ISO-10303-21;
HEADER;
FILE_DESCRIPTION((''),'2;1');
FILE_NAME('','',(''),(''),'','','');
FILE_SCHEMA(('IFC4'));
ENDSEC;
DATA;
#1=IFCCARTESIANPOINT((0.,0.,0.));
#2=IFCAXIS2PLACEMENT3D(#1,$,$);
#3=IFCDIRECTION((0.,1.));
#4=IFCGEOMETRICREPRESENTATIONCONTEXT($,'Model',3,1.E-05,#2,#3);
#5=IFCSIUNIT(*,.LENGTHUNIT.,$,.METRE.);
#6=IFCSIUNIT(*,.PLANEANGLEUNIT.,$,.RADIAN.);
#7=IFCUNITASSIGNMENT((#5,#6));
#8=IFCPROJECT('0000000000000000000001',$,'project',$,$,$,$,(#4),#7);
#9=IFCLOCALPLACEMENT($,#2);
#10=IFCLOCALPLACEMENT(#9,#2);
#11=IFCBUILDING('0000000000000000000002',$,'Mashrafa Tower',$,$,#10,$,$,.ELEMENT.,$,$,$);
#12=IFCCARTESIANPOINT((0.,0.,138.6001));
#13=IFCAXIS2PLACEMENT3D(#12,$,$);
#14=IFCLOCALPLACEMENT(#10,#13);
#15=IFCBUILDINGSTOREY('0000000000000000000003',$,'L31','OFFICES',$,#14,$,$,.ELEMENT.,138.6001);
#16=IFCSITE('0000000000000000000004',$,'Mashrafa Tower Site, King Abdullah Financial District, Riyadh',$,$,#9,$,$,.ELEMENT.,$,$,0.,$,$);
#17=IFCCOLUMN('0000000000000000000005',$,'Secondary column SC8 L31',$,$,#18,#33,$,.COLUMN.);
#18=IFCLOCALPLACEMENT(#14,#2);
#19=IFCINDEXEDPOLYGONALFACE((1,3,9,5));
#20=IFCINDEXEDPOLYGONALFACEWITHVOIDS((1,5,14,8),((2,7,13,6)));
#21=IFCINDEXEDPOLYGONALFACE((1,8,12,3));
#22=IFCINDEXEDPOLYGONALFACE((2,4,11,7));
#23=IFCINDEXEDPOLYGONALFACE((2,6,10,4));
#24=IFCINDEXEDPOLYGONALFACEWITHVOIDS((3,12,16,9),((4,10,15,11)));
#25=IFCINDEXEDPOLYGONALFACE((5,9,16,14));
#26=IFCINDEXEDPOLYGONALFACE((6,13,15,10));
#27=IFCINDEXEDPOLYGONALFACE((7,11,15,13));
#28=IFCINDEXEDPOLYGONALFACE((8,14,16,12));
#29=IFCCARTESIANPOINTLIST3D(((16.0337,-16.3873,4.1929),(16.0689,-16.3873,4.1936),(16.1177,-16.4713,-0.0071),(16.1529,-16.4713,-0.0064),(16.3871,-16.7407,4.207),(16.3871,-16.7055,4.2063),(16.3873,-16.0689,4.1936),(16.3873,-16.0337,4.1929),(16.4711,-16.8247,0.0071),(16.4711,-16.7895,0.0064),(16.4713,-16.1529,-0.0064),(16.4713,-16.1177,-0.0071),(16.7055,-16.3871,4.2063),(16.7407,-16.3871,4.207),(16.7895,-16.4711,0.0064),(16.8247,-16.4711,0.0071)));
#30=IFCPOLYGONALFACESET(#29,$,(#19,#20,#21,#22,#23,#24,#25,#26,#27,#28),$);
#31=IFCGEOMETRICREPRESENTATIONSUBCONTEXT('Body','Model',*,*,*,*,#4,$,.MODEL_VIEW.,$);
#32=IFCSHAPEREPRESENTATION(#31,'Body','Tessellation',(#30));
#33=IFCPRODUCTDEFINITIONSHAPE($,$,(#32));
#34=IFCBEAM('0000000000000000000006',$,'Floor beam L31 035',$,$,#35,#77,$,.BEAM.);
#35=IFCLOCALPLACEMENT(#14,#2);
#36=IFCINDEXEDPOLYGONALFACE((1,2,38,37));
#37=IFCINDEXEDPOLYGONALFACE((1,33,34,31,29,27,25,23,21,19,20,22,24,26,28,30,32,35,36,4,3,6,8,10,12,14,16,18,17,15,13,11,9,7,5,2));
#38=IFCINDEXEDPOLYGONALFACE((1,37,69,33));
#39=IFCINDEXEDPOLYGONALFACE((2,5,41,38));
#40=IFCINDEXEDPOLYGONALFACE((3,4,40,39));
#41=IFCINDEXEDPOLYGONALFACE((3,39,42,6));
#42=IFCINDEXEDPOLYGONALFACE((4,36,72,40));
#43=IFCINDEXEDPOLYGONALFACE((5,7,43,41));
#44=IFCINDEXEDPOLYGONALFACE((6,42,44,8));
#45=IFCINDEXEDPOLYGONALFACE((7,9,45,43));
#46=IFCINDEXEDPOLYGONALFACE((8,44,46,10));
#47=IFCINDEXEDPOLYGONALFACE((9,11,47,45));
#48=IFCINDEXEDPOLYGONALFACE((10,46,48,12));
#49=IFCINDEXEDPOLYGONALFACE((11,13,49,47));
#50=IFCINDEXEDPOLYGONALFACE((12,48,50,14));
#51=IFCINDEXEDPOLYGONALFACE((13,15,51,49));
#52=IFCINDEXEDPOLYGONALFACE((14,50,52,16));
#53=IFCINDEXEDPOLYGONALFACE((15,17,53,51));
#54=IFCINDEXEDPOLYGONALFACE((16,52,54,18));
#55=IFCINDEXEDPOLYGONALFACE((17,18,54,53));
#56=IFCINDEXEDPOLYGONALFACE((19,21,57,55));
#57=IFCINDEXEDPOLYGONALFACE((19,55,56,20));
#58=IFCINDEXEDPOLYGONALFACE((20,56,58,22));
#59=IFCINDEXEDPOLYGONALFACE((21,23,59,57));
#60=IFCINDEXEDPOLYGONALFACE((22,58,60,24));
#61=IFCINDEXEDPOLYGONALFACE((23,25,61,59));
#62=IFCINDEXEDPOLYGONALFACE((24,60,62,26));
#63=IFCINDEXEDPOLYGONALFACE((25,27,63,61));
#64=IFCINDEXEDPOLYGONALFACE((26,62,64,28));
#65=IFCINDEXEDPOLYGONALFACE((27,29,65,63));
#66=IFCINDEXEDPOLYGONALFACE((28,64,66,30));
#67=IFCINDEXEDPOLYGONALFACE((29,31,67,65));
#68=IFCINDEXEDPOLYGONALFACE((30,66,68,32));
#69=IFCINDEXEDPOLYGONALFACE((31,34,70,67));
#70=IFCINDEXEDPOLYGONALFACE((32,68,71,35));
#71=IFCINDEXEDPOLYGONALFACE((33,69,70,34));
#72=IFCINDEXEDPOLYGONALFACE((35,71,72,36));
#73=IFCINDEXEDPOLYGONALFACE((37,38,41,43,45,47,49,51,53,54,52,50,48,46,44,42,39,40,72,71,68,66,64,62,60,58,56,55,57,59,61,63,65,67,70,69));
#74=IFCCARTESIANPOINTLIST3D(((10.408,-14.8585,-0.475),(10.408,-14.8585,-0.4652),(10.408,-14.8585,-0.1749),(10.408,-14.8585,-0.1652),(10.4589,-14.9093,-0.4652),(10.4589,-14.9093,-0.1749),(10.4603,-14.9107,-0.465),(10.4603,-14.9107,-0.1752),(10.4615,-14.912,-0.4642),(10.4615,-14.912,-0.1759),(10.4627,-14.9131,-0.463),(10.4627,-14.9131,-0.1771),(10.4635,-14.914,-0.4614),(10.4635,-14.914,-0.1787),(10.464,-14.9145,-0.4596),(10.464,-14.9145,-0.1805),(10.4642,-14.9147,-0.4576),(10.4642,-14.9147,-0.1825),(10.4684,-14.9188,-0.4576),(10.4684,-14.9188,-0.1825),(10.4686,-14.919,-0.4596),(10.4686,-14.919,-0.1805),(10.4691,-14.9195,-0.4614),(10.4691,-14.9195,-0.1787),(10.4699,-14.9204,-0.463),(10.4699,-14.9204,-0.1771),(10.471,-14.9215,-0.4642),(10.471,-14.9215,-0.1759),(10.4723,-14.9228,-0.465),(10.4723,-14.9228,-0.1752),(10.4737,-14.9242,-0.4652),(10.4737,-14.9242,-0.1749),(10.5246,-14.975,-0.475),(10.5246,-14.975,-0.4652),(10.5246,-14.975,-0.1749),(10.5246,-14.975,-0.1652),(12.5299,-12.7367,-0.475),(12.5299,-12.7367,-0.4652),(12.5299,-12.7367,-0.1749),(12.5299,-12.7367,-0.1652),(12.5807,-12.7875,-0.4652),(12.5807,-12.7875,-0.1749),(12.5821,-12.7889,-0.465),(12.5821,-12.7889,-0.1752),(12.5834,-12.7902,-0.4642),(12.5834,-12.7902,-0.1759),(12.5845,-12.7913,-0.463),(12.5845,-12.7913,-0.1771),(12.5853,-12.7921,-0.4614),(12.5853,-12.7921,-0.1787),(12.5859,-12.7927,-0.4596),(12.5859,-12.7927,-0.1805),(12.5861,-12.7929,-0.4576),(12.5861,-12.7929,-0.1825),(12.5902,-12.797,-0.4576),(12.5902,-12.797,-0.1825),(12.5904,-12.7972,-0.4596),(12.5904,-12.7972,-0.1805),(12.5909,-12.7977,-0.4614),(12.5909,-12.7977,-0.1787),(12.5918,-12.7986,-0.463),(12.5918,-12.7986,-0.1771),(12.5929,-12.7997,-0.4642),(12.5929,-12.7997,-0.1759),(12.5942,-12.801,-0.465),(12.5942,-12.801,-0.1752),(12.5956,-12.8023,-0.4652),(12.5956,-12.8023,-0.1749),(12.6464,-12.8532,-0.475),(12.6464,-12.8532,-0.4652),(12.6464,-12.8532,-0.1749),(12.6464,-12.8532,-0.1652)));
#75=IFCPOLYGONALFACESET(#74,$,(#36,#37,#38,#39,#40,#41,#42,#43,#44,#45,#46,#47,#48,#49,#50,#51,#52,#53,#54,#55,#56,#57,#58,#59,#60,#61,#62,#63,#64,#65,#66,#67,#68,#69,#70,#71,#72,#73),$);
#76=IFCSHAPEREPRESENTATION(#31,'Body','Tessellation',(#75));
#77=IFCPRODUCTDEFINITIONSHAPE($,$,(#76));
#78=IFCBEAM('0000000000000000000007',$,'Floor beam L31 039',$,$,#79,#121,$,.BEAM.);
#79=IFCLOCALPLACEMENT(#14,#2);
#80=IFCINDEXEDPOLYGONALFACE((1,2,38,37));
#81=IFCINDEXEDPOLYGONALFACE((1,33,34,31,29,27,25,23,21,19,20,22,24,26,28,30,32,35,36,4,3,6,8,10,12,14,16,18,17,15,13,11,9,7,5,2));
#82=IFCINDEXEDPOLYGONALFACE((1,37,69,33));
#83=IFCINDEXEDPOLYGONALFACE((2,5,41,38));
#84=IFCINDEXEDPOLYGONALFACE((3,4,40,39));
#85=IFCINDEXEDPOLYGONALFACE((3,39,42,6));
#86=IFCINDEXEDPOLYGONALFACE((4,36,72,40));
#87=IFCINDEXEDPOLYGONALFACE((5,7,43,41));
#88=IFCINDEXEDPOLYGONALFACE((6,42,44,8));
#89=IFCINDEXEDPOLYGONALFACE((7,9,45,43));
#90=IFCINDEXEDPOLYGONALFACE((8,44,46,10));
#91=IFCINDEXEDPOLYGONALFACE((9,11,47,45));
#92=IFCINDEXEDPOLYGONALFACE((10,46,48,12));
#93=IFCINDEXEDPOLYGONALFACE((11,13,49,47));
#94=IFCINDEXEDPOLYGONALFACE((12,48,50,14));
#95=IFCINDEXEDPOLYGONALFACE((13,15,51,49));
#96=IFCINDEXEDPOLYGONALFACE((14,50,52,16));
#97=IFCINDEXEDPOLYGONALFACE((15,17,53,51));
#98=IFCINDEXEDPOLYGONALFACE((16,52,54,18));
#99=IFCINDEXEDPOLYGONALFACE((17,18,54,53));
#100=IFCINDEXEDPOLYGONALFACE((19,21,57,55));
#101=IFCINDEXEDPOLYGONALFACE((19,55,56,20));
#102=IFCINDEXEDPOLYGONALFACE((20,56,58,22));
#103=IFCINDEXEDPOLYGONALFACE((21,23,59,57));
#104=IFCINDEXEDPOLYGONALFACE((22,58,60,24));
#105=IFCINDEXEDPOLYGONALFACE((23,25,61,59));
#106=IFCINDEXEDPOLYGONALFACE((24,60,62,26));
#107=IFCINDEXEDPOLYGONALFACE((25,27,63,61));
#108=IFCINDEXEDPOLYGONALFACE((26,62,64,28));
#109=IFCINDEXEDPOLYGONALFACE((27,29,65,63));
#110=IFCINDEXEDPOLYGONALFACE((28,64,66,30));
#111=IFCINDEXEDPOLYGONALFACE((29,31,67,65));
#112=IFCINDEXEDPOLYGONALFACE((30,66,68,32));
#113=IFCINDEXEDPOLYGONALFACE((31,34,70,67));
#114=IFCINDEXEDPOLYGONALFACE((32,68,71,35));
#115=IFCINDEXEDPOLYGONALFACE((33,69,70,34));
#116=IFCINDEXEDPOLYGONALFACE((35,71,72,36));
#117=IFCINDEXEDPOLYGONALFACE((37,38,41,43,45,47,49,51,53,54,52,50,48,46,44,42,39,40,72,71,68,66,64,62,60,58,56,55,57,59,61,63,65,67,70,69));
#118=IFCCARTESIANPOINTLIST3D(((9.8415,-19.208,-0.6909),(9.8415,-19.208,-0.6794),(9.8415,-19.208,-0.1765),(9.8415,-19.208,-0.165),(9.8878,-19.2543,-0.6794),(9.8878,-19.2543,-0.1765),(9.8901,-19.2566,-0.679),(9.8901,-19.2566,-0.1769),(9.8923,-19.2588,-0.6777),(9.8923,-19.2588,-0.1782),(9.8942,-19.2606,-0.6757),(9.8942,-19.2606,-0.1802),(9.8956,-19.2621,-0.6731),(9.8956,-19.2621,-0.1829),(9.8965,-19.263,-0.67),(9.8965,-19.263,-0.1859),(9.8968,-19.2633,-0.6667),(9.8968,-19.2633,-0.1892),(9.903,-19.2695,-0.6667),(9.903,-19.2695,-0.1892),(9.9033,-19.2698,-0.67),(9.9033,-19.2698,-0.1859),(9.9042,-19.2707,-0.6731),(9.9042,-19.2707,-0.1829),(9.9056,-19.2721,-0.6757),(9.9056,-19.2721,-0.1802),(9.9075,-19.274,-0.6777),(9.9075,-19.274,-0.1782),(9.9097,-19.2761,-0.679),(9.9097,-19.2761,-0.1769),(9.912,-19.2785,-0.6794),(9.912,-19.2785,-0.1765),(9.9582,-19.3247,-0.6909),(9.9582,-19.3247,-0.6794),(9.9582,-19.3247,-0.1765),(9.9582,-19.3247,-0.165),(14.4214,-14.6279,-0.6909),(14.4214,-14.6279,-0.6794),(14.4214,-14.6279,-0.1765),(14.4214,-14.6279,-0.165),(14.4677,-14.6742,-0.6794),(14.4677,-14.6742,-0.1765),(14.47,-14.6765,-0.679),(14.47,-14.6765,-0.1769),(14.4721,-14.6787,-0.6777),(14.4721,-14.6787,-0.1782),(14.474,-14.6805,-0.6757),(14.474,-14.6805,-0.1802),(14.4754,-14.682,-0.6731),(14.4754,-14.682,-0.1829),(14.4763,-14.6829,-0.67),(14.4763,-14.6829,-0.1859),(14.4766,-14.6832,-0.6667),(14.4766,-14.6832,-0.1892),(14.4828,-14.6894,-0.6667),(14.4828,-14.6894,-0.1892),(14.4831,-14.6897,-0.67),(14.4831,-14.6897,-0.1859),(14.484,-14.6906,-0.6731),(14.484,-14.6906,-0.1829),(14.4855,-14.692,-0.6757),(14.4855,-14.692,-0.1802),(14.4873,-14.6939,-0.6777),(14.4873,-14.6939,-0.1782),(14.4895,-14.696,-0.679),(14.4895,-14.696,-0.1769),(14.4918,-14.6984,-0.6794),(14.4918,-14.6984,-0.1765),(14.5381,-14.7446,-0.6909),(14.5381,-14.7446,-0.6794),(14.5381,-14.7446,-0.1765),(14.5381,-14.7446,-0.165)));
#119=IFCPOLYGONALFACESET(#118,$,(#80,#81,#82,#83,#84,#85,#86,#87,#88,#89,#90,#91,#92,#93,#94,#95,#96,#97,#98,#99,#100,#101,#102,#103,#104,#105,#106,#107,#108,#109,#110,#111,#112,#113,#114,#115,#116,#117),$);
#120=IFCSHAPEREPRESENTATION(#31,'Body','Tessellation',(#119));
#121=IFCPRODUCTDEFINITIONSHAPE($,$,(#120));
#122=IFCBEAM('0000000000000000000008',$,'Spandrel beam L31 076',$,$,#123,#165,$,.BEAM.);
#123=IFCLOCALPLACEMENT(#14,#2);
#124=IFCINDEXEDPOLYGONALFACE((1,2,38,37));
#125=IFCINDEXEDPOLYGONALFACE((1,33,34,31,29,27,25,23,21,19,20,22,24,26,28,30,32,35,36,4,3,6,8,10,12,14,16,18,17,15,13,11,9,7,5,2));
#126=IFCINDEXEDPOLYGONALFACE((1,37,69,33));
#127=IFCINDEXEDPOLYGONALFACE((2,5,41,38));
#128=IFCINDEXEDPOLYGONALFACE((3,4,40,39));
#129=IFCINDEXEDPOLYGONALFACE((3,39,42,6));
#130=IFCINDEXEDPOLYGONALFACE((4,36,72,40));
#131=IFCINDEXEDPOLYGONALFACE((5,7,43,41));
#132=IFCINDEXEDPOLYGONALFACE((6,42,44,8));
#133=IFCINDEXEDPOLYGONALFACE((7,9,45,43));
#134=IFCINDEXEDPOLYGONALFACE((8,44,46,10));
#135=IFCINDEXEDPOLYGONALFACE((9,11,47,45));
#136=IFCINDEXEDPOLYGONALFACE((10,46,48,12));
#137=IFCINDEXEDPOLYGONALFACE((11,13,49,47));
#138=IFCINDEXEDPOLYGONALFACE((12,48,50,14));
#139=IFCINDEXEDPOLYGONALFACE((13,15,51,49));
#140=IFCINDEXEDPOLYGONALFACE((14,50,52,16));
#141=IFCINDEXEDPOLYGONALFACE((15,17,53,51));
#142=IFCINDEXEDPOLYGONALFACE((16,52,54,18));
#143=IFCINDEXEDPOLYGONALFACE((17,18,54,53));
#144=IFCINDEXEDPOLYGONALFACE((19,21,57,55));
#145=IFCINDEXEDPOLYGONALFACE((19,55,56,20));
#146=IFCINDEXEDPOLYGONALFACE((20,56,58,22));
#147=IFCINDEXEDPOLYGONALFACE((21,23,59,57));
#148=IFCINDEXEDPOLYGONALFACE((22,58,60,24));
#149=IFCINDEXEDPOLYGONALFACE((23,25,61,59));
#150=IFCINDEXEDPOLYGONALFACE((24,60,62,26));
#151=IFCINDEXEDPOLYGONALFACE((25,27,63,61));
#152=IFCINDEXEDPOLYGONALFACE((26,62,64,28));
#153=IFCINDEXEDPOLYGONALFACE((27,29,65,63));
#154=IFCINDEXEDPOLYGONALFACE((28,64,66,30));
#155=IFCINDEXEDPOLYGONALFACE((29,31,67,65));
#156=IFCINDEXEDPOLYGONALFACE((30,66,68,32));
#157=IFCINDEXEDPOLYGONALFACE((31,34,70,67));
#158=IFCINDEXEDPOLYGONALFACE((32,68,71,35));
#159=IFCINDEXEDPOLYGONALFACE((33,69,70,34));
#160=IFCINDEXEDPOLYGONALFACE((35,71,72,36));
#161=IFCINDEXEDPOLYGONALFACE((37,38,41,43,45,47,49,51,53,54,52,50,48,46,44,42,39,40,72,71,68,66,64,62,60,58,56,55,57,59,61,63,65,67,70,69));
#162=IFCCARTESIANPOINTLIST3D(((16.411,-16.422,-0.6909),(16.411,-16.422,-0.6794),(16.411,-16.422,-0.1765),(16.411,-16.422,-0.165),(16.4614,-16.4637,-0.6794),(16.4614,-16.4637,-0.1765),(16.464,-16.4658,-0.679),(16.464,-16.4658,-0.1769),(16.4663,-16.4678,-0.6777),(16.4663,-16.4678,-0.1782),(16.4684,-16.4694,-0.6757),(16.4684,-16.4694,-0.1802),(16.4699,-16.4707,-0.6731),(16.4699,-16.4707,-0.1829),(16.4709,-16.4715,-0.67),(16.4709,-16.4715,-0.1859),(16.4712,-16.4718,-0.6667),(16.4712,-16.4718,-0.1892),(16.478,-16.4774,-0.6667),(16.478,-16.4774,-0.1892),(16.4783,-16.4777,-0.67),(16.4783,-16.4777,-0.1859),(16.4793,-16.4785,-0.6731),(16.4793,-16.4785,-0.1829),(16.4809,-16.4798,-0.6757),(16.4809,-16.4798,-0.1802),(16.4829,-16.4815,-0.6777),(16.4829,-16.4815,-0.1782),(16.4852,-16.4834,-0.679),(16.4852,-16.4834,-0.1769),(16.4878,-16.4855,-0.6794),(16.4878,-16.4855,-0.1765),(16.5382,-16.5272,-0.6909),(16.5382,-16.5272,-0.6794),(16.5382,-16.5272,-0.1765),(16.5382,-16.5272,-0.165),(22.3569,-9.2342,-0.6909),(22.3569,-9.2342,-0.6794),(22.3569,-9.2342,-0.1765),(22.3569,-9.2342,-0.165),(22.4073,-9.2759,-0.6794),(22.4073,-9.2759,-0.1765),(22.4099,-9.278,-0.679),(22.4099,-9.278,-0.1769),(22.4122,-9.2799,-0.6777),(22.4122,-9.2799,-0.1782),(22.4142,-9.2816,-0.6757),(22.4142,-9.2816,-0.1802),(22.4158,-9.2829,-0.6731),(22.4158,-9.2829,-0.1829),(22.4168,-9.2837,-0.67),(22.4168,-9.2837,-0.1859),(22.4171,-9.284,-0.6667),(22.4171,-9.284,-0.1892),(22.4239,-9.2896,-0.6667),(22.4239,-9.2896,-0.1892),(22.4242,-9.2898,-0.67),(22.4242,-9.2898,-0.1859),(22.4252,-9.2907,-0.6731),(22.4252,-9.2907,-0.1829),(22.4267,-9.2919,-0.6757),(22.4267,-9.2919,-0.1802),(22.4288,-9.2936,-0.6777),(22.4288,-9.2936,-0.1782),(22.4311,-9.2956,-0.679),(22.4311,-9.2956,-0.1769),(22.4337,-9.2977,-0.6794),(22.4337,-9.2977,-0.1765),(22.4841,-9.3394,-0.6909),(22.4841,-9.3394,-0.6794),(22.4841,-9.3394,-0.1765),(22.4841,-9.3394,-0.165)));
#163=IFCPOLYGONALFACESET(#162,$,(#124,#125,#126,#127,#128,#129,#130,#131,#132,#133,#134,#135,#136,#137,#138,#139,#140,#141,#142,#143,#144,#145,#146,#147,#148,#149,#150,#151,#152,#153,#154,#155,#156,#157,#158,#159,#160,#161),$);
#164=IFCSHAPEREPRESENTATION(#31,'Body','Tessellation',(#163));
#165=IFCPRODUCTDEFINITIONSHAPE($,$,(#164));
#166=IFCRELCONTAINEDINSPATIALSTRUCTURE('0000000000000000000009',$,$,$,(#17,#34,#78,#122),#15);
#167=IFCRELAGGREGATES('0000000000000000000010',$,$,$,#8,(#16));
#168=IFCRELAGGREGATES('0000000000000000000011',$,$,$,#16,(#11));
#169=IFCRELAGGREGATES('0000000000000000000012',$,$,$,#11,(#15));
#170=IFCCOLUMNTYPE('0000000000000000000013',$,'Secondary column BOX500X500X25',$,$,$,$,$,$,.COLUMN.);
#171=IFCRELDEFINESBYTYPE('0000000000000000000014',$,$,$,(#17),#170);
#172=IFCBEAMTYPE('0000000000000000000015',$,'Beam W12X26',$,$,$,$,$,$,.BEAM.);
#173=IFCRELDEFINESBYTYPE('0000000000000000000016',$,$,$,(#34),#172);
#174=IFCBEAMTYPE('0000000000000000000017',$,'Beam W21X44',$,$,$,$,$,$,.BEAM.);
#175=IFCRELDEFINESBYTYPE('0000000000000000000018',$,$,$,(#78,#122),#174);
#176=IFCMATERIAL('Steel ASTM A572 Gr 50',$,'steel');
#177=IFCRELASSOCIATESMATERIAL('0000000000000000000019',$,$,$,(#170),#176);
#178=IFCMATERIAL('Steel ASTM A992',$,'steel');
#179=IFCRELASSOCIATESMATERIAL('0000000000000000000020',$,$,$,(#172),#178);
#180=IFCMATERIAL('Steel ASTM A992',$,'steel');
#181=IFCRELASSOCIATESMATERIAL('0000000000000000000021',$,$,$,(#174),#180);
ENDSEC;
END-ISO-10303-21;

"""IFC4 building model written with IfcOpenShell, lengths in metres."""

from ifc_helpers import new_model, si_unit, direction, frame, origin, origin_2d, place, context, subcontext, project, spatial, hollow_rectangle, i_section, extrude, material, material_profile, profile_set, type_object, element, save


model = new_model("IFC4")

# Units and contexts
model_context = context("Model", 3, precision=1e-05, world=origin(), true_north=direction((0.0, 1.0)))
body_context = subcontext(model_context, "Body", "Model", "MODEL_VIEW")
ifc_project = project(units=[si_unit("LENGTHUNIT", "METRE"), si_unit("PLANEANGLEUNIT", "RADIAN")], contexts=[model_context])

# Site, building, storey
site_placement = place(None, origin())
site = spatial("IfcSite", under=ifc_project, at=site_placement, Name="Mashrafa Tower Site, King Abdullah Financial District, Riyadh", CompositionType="ELEMENT", RefElevation=0.0)
building_placement = place(site_placement, origin())
building = spatial("IfcBuilding", under=site, at=building_placement, Name="Mashrafa Tower", CompositionType="ELEMENT")
storey_placement = place(building_placement, frame((0.0, 0.0, 138.6001)))
storey = spatial("IfcBuildingStorey", under=building, at=storey_placement, Name="L31", Description="OFFICES", CompositionType="ELEMENT", Elevation=138.6001)

# Column
ifc_material_1 = material(Name="Steel ASTM A572 Gr 50", Category="steel")
ifc_material_profile_1 = material_profile(ifc_material_1, hollow_rectangle(XDim=0.5, YDim=0.5, WallThickness=0.0249, at=origin_2d()), Name="BOX500X500X25")
ifc_profile_set_1 = profile_set([ifc_material_profile_1], Name="Steel ASTM A572 Gr 50")
column_type = type_object("IfcColumnType", Name="Secondary column BOX500X500X25", PredefinedType="COLUMN", material=ifc_profile_set_1)
column_placement = place(storey_placement, frame((16.4712, -16.4712, 0.0), z_axis=(-0.019989, 0.019989, 0.9996), x_axis=(-0.707107, -0.707107, 0.0)))
element("IfcColumn", 1, at=column_placement, inside=storey, type_object=column_type, Name="Secondary column SC8 L31", PredefinedType="COLUMN", context=body_context, shape_type="SweptSolid", body=[
    extrude(hollow_rectangle(XDim=0.5, YDim=0.5, WallThickness=0.0249, at=origin_2d()), origin(), (0.0, 0.0, 1.0), 4.2017),
])

# Beams
ifc_material_2 = material(Name="Steel ASTM A992", Category="steel")
ifc_material_profile_2 = material_profile(ifc_material_2, i_section(OverallWidth=0.1648, OverallDepth=0.3098, WebThickness=0.0059, FlangeThickness=0.0098, FilletRadius=0.0076, at=origin_2d()), Name="W12X26")
ifc_profile_set_2 = profile_set([ifc_material_profile_2], Name="Steel ASTM A992")
beam_type_1 = type_object("IfcBeamType", Name="Beam W12X26", PredefinedType="BEAM", material=ifc_profile_set_2)
beam_1_placement = place(storey_placement, frame((12.5881, -12.7949, -0.3201), z_axis=(-0.707107, -0.707107, 0.0), x_axis=(0.707107, -0.707107, 0.0)))
element("IfcBeam", 2, at=beam_1_placement, inside=storey, type_object=beam_type_1, Name="Floor beam L31 035", PredefinedType="BEAM", context=body_context, shape_type="SweptSolid", body=[
    extrude(i_section(OverallWidth=0.1648, OverallDepth=0.3098, WebThickness=0.0059, FlangeThickness=0.0098, FilletRadius=0.0076, at=origin_2d()), origin(), (0.0, 0.0, 1.0), 3.0007),
])
ifc_material_3 = material(Name="Steel ASTM A992", Category="steel")
ifc_material_profile_3 = material_profile(ifc_material_3, i_section(OverallWidth=0.165, OverallDepth=0.5259, WebThickness=0.0088, FlangeThickness=0.0115, FilletRadius=0.0127, at=origin_2d()), Name="W21X44")
ifc_profile_set_3 = profile_set([ifc_material_profile_3], Name="Steel ASTM A992")
beam_type_2 = type_object("IfcBeamType", Name="Beam W21X44", PredefinedType="BEAM", material=ifc_profile_set_3)
beam_2_placement = place(storey_placement, frame((14.4797, -14.6863, -0.428), z_axis=(-0.707088, -0.707126, 0.0), x_axis=(0.707126, -0.707088, 0.0)))
element("IfcBeam", 3, at=beam_2_placement, inside=storey, type_object=beam_type_2, Name="Floor beam L31 039", PredefinedType="BEAM", context=body_context, shape_type="SweptSolid", body=[
    extrude(i_section(OverallWidth=0.165, OverallDepth=0.5259, WebThickness=0.0088, FlangeThickness=0.0115, FilletRadius=0.0127, at=origin_2d()), origin(), (0.0, 0.0, 1.0), 6.4771),
])
beam_3_placement = place(storey_placement, frame((16.4746, -16.4746, -0.428), z_axis=(0.637397, 0.770535, 0.0), x_axis=(-0.770535, 0.637397, 0.0)))
element("IfcBeam", 4, at=beam_3_placement, inside=storey, type_object=beam_type_2, Name="Spandrel beam L31 076", PredefinedType="BEAM", context=body_context, shape_type="SweptSolid", body=[
    extrude(i_section(OverallWidth=0.165, OverallDepth=0.5259, WebThickness=0.0088, FlangeThickness=0.0115, FilletRadius=0.0127, at=origin_2d()), origin(), (0.0, 0.0, 1.0), 9.3284),
])

save(model, "model.ifc")
